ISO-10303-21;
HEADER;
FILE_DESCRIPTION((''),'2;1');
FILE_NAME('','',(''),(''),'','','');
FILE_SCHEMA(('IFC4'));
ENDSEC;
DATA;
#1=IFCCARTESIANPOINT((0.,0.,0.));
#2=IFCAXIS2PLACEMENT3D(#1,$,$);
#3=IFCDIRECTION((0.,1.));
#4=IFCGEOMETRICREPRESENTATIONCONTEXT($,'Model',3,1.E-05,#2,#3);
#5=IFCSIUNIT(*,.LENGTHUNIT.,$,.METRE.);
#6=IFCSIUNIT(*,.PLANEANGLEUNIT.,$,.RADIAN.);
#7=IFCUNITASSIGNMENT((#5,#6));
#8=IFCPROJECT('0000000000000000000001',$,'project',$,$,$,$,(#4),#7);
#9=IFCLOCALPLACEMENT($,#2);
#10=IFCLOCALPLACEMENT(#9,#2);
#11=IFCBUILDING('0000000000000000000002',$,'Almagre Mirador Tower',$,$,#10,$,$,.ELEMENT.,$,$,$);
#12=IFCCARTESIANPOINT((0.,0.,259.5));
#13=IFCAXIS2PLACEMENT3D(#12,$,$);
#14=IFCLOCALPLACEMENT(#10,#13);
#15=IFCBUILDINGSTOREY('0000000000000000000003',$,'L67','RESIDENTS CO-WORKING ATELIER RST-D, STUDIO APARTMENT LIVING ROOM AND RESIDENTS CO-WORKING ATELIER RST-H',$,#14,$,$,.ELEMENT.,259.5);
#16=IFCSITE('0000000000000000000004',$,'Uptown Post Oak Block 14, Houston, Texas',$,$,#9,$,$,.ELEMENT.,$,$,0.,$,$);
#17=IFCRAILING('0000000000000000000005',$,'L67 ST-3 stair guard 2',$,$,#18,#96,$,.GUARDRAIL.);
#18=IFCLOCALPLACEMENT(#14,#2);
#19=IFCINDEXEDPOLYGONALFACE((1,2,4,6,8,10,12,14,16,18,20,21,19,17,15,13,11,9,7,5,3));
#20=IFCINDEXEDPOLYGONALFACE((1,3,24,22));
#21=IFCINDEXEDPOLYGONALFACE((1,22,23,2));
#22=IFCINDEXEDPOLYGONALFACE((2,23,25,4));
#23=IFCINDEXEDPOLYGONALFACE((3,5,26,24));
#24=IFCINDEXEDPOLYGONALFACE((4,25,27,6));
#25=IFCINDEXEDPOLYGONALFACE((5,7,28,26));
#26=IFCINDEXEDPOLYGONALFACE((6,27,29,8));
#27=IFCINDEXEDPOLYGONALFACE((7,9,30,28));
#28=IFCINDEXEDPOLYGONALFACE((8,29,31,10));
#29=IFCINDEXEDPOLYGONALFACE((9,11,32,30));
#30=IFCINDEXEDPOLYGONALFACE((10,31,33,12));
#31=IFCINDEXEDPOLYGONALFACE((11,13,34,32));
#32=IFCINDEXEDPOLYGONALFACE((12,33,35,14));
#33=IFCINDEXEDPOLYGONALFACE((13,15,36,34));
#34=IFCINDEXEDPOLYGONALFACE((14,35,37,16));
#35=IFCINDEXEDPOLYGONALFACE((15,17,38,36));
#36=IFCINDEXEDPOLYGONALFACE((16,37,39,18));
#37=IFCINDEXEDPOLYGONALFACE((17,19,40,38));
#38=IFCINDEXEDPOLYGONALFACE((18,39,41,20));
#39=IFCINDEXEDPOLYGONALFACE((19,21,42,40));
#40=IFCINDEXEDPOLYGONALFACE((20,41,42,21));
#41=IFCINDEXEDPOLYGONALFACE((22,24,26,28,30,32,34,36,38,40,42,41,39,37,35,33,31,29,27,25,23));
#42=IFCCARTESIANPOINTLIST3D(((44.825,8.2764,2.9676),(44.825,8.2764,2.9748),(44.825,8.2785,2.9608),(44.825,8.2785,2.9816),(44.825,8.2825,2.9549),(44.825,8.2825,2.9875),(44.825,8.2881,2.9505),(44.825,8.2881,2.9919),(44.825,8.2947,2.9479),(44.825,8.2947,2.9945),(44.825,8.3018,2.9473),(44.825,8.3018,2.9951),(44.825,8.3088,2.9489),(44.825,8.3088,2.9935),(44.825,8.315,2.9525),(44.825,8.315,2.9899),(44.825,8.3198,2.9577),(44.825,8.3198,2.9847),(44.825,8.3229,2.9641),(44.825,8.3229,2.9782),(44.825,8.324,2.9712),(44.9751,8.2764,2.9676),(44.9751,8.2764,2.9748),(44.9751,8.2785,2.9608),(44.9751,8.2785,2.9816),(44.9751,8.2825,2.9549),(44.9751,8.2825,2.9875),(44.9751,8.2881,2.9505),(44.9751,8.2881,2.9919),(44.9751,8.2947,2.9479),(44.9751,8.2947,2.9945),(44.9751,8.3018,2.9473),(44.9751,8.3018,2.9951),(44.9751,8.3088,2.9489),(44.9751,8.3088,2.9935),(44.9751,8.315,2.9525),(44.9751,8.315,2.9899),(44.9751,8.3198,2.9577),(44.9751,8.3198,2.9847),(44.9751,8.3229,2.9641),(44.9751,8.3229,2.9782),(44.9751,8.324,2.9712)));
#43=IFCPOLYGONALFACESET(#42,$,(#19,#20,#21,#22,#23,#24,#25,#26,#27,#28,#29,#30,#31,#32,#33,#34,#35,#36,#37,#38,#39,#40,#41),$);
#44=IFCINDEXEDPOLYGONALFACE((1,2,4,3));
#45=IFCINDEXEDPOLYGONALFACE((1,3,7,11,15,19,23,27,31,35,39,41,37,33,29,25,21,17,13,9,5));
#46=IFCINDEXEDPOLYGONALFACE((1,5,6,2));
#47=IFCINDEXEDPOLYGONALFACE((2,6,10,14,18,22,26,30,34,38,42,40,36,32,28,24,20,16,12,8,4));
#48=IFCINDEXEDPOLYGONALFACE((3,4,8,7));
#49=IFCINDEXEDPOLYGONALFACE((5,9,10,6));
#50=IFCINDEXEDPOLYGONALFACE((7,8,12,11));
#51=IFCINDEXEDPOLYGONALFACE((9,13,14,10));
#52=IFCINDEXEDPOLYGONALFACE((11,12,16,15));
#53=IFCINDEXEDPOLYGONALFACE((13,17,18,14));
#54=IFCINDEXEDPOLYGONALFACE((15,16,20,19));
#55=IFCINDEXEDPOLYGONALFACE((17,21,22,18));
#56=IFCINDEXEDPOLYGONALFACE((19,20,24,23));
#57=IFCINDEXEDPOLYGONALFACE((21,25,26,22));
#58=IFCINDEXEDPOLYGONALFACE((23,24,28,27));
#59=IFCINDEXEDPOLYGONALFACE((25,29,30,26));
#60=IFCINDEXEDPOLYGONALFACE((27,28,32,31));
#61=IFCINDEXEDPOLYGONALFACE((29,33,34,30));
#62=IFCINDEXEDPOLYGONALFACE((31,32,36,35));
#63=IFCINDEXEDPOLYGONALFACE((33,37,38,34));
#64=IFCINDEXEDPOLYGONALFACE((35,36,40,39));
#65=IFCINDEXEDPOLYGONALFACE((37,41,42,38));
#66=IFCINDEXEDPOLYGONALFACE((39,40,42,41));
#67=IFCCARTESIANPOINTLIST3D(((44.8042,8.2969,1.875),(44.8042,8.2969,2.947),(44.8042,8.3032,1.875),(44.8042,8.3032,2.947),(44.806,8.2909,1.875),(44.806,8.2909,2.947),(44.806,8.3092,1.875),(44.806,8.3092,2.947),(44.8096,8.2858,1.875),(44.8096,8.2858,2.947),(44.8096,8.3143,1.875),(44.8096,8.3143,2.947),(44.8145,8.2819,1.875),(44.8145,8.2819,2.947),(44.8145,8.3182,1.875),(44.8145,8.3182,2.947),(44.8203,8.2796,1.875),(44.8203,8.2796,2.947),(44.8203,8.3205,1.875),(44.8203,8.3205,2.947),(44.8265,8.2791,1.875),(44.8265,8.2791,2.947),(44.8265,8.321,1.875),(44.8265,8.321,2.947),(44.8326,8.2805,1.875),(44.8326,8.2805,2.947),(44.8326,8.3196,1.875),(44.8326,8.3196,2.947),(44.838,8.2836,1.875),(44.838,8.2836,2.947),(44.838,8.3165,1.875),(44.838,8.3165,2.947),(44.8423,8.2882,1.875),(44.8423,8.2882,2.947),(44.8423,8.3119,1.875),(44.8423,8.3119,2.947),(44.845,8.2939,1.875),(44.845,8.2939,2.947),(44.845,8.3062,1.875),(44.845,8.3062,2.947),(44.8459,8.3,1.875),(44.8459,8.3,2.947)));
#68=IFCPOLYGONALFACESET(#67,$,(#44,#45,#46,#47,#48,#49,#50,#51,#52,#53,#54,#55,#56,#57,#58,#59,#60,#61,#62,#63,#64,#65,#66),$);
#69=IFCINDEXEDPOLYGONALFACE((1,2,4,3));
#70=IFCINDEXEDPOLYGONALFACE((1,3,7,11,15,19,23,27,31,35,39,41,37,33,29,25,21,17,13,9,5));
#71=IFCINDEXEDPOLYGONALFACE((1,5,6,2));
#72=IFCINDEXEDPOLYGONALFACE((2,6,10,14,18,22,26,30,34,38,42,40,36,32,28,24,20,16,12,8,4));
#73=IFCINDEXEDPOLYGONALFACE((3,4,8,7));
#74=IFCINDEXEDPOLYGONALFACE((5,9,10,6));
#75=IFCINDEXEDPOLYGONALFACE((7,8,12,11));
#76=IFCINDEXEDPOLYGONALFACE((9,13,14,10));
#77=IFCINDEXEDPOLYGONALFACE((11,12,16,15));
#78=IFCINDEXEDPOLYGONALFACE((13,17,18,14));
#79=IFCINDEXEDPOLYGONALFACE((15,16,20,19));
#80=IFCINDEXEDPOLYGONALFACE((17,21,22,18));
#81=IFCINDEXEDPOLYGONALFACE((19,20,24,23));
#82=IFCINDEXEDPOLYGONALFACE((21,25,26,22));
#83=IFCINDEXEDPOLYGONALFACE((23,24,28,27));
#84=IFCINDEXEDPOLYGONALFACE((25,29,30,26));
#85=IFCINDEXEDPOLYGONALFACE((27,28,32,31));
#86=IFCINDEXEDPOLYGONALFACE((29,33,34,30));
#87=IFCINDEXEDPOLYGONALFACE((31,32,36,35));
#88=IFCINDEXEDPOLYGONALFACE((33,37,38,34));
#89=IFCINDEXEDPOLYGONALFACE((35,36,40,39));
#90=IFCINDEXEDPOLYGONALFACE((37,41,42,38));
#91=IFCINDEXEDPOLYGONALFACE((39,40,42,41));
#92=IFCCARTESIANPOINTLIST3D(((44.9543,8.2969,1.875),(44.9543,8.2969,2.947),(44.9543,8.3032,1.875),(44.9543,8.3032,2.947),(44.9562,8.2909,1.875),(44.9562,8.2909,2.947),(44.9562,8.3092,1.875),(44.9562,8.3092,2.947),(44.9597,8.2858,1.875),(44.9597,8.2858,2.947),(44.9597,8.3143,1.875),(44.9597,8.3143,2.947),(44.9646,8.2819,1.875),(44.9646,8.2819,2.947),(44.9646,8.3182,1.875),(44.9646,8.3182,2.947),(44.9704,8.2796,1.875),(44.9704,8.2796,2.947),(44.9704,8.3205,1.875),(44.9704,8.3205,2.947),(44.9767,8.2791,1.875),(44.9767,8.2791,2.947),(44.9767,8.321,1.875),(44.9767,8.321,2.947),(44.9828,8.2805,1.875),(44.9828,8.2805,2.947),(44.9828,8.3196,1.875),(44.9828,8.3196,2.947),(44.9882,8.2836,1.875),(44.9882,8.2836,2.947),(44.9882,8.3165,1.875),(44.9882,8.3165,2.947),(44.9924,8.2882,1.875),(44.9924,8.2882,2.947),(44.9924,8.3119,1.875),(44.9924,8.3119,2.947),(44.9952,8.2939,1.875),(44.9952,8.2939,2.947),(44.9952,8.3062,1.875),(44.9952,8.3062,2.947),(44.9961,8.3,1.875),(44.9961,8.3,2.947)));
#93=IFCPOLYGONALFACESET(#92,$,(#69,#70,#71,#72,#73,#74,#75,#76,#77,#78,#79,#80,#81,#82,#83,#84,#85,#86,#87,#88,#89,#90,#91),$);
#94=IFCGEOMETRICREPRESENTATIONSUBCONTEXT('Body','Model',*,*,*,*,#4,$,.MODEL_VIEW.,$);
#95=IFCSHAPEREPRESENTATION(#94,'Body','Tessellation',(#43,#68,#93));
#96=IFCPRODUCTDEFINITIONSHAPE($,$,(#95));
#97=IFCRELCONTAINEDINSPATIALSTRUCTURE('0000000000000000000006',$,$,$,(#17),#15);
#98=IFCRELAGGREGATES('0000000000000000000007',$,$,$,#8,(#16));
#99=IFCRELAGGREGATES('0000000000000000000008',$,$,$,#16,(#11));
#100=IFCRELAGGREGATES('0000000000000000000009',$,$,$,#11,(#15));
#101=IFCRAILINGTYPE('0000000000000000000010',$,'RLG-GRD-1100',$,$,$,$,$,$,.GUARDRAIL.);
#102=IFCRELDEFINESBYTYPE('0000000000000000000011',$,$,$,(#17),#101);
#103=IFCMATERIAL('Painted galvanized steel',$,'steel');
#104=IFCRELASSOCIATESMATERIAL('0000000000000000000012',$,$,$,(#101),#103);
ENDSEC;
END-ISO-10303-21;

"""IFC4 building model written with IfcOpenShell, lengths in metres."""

from ifc_helpers import new_model, si_unit, direction, frame, origin, origin_2d, place, context, subcontext, project, spatial, circle, extrude, material, type_object, element, save


model = new_model("IFC4")

# Units and contexts
model_context = context("Model", 3, precision=1e-05, world=origin(), true_north=direction((0.0, 1.0)))
body_context = subcontext(model_context, "Body", "Model", "MODEL_VIEW")
ifc_project = project(units=[si_unit("LENGTHUNIT", "METRE"), si_unit("PLANEANGLEUNIT", "RADIAN")], contexts=[model_context])

# Site, building, storey
site_placement = place(None, origin())
site = spatial("IfcSite", under=ifc_project, at=site_placement, Name="Uptown Post Oak Block 14, Houston, Texas", CompositionType="ELEMENT", RefElevation=0.0)
building_placement = place(site_placement, origin())
building = spatial("IfcBuilding", under=site, at=building_placement, Name="Almagre Mirador Tower", CompositionType="ELEMENT")
storey_placement = place(building_placement, frame((0.0, 0.0, 259.5)))
storey = spatial("IfcBuildingStorey", under=building, at=storey_placement, Name="L67", Description="RESIDENTS CO-WORKING ATELIER RST-D, STUDIO APARTMENT LIVING ROOM AND RESIDENTS CO-WORKING ATELIER RST-H", CompositionType="ELEMENT", Elevation=259.5)

# Railing
ifc_material_1 = material(Name="Painted galvanized steel", Category="steel")
railing_type_1 = type_object("IfcRailingType", Name="RLG-GRD-1100", PredefinedType="GUARDRAIL", material=ifc_material_1)
railing_1_placement = place(storey_placement, frame((44.825, 8.3, 1.875)))
element("IfcRailing", 1, at=railing_1_placement, inside=storey, type_object=railing_type_1, Name="L67 ST-3 stair guard 2", PredefinedType="GUARDRAIL", context=body_context, shape_type="SweptSolid", body=[
    extrude(circle(Radius=0.0239, at=origin_2d()), frame((0.0, 0.0, 1.0962), z_axis=(1.0, 0.0, 0.0), x_axis=(0.0, 1.0, 0.0)), (0.0, 0.0, 1.0), 0.1501),
    extrude(circle(Radius=0.021, at=origin_2d()), origin(), (0.0, 0.0, 1.0), 1.072),
    extrude(circle(Radius=0.021, at=origin_2d()), frame((0.1501, 0.0, 0.0)), (0.0, 0.0, 1.0), 1.072),
])

save(model, "model.ifc")
